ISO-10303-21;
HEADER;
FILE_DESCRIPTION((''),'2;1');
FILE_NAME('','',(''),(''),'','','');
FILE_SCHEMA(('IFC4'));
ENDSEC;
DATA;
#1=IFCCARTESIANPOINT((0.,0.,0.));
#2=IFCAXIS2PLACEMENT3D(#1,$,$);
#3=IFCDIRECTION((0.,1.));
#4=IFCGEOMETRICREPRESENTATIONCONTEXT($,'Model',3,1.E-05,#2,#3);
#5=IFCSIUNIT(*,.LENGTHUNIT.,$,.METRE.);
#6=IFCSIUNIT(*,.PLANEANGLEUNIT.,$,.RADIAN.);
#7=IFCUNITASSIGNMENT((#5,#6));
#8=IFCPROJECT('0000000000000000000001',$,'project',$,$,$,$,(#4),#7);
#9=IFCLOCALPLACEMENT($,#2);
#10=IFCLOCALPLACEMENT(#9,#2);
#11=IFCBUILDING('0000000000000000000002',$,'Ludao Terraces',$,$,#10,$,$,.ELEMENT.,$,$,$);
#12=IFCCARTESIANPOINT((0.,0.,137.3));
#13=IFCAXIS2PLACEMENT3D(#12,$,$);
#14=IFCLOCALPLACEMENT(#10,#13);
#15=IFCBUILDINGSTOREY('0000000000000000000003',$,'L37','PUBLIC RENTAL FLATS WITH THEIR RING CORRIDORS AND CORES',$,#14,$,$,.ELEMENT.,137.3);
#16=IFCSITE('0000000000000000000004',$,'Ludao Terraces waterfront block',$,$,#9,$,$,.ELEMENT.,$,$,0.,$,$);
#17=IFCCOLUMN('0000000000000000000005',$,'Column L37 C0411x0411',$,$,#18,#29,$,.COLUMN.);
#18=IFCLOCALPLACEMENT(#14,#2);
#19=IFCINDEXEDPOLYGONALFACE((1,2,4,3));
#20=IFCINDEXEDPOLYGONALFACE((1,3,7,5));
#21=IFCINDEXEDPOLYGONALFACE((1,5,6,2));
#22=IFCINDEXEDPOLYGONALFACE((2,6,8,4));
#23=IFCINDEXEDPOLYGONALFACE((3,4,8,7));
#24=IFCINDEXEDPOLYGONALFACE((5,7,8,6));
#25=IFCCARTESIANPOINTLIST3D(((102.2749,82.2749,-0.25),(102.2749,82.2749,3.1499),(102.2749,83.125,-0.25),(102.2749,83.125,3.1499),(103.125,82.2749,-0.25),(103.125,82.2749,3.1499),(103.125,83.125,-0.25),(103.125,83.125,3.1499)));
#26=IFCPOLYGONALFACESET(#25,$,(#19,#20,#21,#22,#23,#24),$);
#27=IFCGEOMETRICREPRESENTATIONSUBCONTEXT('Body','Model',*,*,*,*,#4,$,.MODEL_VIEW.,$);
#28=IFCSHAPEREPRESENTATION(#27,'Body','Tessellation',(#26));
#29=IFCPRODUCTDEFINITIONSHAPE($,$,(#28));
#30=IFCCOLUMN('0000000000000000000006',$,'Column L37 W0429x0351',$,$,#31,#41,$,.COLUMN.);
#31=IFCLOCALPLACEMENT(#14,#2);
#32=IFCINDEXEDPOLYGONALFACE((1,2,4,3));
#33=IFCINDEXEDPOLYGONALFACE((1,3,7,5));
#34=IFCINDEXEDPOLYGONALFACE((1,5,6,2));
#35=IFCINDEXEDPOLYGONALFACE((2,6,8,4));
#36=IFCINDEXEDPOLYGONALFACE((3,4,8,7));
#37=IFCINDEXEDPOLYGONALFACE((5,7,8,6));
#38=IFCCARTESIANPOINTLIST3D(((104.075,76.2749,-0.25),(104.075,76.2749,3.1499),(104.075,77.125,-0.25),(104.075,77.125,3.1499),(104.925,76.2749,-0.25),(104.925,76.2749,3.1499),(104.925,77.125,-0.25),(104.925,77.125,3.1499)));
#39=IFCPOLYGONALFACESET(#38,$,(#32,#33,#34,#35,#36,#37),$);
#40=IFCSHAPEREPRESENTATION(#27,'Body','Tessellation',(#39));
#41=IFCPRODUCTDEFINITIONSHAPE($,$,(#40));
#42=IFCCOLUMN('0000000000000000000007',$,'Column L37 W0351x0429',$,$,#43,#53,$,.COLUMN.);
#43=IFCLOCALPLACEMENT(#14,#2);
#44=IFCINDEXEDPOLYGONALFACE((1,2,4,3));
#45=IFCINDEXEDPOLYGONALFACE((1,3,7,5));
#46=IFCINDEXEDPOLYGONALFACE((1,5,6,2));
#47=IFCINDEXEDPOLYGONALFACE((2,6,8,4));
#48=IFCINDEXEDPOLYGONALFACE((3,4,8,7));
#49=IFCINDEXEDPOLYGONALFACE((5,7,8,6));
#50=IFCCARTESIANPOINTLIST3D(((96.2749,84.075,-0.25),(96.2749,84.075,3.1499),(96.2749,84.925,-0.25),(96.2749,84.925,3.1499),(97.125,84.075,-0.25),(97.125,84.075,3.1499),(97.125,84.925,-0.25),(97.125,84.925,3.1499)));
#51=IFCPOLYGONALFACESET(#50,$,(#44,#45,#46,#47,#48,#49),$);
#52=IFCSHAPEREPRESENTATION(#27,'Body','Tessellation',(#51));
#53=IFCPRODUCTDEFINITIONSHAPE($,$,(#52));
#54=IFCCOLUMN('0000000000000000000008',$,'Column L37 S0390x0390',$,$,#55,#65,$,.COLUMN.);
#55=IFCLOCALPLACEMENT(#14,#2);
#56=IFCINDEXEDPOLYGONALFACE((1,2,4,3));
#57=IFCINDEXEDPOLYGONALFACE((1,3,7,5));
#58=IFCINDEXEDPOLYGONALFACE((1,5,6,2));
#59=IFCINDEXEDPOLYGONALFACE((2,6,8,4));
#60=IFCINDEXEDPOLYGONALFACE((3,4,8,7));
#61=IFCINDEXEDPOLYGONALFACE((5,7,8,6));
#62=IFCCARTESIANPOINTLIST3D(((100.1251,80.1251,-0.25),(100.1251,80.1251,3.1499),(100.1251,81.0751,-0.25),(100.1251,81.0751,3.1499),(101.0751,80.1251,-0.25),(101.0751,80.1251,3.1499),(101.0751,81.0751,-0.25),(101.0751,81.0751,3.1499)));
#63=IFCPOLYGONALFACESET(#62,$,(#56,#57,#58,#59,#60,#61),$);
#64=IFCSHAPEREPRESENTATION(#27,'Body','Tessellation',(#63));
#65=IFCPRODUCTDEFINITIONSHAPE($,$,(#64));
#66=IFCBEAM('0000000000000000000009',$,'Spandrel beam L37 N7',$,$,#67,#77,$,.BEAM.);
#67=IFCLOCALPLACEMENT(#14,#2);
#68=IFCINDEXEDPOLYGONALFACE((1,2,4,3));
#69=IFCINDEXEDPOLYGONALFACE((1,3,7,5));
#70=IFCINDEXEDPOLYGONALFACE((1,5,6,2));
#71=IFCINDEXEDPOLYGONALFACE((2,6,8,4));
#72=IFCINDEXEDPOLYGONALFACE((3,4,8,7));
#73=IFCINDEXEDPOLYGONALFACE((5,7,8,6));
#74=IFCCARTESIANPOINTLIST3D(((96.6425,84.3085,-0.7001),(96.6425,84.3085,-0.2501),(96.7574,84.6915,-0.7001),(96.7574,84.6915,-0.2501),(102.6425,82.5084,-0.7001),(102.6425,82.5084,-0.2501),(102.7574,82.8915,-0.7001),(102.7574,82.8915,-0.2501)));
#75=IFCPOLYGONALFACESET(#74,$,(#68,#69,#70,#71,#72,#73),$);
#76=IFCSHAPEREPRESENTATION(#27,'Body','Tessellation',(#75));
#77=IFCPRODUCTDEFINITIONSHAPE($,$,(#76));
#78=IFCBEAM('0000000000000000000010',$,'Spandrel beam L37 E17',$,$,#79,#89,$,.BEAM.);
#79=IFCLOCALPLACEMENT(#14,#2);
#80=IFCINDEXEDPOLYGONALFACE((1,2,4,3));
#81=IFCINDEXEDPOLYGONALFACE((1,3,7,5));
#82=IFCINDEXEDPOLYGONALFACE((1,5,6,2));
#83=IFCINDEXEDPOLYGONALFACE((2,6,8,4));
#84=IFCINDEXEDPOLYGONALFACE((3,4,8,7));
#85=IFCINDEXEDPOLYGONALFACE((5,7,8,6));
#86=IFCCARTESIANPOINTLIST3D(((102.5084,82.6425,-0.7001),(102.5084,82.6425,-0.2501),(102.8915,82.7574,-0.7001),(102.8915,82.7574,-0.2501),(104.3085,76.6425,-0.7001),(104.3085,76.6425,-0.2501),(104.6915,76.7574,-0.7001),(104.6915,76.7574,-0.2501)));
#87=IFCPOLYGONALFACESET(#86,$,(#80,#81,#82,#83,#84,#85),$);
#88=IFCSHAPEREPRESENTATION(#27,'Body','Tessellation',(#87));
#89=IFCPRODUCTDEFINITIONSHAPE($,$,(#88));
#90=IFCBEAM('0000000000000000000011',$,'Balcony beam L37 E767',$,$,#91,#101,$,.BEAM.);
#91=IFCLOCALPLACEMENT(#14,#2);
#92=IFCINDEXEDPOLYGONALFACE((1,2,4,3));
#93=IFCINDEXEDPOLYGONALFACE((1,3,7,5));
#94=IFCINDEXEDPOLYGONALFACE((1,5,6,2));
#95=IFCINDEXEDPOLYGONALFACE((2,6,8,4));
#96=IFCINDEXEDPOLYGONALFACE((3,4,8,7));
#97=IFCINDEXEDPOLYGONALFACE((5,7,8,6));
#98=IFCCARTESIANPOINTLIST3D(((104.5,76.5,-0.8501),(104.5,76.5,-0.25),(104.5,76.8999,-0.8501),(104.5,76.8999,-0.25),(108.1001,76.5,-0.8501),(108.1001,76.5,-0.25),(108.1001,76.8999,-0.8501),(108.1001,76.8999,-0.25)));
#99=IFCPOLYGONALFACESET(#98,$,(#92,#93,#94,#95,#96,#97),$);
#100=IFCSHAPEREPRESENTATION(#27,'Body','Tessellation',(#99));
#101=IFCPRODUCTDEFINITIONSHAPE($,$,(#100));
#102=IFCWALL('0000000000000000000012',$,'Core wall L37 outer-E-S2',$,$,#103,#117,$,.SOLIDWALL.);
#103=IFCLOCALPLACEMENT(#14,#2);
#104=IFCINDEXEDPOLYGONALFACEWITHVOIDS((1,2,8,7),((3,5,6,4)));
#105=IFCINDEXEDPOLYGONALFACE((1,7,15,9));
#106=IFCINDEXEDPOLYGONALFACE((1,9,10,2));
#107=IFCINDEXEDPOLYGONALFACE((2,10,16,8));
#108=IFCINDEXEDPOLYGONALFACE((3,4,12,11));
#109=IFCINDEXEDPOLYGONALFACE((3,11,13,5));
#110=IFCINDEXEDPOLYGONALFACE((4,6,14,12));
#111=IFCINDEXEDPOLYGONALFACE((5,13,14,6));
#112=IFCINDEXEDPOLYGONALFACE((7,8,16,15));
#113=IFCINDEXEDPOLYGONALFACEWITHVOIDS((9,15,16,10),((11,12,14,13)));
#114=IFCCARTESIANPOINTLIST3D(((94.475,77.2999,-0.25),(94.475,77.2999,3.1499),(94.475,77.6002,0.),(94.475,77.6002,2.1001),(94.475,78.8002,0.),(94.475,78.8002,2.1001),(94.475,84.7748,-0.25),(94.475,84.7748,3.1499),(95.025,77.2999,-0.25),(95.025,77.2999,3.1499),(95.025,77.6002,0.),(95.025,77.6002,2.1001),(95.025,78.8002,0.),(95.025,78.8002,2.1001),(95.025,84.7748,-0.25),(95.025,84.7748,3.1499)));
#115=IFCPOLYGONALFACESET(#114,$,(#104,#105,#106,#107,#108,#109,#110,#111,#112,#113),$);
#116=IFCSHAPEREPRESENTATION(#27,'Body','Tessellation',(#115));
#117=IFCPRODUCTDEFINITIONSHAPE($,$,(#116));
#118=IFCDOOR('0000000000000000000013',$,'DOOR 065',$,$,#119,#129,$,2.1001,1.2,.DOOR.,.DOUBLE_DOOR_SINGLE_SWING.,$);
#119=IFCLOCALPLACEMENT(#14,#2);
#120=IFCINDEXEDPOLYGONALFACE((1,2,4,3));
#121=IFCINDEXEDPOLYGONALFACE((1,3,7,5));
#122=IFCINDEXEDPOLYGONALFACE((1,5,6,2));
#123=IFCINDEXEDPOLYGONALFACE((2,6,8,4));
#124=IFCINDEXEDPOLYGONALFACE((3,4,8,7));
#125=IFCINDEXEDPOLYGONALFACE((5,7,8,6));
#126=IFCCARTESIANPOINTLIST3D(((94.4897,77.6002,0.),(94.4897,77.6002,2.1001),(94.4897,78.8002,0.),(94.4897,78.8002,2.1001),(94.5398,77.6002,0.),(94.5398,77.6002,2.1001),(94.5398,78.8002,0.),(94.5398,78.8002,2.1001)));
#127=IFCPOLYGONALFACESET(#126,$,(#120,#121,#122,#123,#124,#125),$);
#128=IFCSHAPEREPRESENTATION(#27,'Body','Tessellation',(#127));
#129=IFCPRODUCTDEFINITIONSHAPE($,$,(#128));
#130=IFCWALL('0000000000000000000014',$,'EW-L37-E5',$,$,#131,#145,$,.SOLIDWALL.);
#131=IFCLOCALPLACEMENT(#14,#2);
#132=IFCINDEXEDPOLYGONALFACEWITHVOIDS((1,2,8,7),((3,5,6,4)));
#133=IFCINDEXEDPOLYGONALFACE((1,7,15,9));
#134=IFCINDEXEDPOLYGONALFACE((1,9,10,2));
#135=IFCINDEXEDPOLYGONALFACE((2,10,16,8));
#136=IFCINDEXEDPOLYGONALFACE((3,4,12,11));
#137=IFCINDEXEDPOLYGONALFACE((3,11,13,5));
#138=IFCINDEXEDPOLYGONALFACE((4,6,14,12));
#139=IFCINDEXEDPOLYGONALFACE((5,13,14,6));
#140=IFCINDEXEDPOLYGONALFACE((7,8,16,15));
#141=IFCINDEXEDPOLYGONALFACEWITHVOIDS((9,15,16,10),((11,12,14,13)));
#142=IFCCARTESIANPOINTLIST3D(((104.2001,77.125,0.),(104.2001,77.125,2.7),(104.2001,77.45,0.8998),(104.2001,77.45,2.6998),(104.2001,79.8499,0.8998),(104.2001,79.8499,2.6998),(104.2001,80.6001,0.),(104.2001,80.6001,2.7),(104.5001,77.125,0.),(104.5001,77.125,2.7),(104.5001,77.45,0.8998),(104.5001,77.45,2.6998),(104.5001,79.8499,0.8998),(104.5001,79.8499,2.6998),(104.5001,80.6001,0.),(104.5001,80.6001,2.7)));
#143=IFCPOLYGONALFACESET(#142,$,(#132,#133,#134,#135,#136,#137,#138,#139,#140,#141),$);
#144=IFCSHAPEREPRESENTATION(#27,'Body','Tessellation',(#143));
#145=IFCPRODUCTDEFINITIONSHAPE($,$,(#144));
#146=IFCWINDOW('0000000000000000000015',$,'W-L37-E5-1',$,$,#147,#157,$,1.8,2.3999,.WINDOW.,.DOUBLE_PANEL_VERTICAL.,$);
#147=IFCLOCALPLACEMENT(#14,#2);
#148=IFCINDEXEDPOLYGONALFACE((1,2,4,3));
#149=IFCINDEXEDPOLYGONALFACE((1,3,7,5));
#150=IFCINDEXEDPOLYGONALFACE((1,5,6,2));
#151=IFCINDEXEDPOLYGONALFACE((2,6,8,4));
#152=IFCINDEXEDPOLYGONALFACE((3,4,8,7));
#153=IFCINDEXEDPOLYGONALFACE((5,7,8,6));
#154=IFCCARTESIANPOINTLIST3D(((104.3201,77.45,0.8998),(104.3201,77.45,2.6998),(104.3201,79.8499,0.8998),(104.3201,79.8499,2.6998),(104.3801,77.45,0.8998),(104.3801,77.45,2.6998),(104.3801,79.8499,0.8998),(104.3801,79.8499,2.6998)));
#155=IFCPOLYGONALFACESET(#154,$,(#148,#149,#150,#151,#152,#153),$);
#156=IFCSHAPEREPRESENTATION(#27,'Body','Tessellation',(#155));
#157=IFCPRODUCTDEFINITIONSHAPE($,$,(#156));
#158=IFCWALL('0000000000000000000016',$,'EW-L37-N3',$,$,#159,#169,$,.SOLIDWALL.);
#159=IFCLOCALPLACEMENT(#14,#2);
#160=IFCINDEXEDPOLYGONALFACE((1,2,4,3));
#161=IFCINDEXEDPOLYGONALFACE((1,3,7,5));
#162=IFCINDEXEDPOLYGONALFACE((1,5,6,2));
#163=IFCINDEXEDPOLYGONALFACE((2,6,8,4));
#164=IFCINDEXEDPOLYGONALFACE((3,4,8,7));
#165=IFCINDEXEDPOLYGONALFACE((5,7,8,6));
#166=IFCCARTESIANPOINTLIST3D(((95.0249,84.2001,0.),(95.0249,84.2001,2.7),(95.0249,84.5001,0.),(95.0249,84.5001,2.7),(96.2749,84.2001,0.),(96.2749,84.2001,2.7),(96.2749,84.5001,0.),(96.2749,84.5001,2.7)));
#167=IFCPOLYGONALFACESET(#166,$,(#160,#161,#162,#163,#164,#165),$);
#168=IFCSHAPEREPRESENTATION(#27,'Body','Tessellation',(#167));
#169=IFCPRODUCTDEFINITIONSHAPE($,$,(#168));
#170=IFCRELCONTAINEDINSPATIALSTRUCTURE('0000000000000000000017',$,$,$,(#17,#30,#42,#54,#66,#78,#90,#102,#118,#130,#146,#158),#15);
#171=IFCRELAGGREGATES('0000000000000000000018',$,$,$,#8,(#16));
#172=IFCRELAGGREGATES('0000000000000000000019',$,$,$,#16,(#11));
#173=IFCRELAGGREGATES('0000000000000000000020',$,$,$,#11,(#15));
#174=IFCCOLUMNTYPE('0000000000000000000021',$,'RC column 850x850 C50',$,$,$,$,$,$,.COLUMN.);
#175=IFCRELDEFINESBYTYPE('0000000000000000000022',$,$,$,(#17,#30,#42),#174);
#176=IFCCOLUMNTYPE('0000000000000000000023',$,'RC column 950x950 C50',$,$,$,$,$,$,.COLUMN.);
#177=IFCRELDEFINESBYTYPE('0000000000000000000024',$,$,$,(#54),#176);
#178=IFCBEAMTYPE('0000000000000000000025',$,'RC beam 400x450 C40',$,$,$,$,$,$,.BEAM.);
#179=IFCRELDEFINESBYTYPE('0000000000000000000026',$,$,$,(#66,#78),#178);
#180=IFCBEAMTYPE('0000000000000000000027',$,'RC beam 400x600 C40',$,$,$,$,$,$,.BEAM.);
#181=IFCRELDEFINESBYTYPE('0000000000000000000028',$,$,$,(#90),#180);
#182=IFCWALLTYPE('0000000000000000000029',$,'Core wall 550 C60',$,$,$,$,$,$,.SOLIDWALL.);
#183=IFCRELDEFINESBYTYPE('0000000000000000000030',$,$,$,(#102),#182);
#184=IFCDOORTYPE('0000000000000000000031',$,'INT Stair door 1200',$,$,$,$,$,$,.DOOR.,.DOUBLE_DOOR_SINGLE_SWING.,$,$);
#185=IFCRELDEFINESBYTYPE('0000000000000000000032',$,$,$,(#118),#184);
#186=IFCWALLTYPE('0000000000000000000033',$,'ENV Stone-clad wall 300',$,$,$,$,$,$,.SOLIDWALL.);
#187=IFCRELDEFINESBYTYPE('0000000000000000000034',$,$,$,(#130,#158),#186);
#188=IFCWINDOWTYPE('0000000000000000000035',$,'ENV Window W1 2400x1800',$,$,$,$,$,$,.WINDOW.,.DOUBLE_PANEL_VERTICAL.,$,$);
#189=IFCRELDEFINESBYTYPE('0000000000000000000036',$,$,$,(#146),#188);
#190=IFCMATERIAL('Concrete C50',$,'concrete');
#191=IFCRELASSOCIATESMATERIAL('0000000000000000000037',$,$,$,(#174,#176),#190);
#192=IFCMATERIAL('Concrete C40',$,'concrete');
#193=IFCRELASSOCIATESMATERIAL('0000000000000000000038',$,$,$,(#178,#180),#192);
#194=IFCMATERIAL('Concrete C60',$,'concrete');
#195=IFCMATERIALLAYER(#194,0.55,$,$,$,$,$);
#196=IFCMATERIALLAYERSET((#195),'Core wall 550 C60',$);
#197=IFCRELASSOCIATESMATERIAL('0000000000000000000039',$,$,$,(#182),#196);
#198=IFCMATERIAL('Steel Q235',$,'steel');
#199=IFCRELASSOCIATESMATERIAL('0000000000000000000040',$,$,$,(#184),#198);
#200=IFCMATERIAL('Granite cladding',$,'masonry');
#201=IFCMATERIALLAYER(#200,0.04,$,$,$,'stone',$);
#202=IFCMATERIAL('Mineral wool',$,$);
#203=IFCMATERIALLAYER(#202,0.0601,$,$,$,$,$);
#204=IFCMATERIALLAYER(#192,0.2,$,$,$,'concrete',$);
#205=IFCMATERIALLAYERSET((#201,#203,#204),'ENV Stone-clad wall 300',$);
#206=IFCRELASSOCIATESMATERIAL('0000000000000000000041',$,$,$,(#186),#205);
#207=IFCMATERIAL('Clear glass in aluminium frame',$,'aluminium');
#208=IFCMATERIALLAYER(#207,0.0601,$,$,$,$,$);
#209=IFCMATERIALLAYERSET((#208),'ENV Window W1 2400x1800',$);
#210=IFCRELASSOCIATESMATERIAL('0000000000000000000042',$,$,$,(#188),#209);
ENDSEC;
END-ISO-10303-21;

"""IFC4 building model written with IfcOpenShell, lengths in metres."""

from ifc_helpers import new_model, si_unit, direction, frame, frame_2d, origin, origin_2d, place, context, subcontext, project, spatial, rectangle, extrude, material, layer, layer_set, material_profile, profile_set, type_object, element, fill, save


model = new_model("IFC4")

# Units and contexts
model_context = context("Model", 3, precision=1e-05, world=origin(), true_north=direction((0.0, 1.0)))
body_context = subcontext(model_context, "Body", "Model", "MODEL_VIEW")
ifc_project = project(units=[si_unit("LENGTHUNIT", "METRE"), si_unit("PLANEANGLEUNIT", "RADIAN")], contexts=[model_context])

# Site, building, storey
site_placement = place(None, origin())
site = spatial("IfcSite", under=ifc_project, at=site_placement, Name="Ludao Terraces waterfront block", CompositionType="ELEMENT", RefElevation=0.0)
building_placement = place(site_placement, origin())
building = spatial("IfcBuilding", under=site, at=building_placement, Name="Ludao Terraces", CompositionType="ELEMENT")
storey_placement = place(building_placement, frame((0.0, 0.0, 137.3)))
storey = spatial("IfcBuildingStorey", under=building, at=storey_placement, Name="L37", Description="PUBLIC RENTAL FLATS WITH THEIR RING CORRIDORS AND CORES", CompositionType="ELEMENT", Elevation=137.3)

# Columns
ifc_material_1 = material(Name="Concrete C50", Category="concrete")
ifc_material_profile_1 = material_profile(ifc_material_1, rectangle(XDim=0.8501, YDim=0.8501, at=origin_2d()), Name="850 X 850")
ifc_profile_set_1 = profile_set([ifc_material_profile_1], Name="Concrete C50")
column_type_1 = type_object("IfcColumnType", Name="RC column 850x850 C50", PredefinedType="COLUMN", material=ifc_profile_set_1)
for number, where, z_axis, x_axis, name in (
    (1, (102.7, 82.7, -0.25), (0.0, 0.0, 1.0), (1.0, 0.0, 0.0), "Column L37 C0411x0411"),
    (2, (104.5, 76.7, -0.25), (0.0, 0.0, 1.0), (1.0, 0.0, 0.0), "Column L37 W0429x0351"),
    (3, (96.7, 84.5, -0.25), (0.0, 0.0, 1.0), (1.0, 0.0, 0.0), "Column L37 W0351x0429"),
):
    element("IfcColumn", number, at=place(storey_placement, frame(where, z_axis=z_axis, x_axis=x_axis)), inside=storey, type_object=column_type_1, Name=name, PredefinedType="COLUMN", context=body_context, shape_type="SweptSolid", body=[
        extrude(rectangle(XDim=0.8501, YDim=0.8501, at=origin_2d()), origin(), (0.0, 0.0, 1.0), 3.3999),
    ])
ifc_material_profile_2 = material_profile(ifc_material_1, rectangle(XDim=0.95, YDim=0.95, at=origin_2d()), Name="950 X 950")
ifc_profile_set_2 = profile_set([ifc_material_profile_2], Name="Concrete C50")
column_type_2 = type_object("IfcColumnType", Name="RC column 950x950 C50", PredefinedType="COLUMN", material=ifc_profile_set_2)
column_placement = place(storey_placement, frame((100.6001, 80.6001, -0.25), z_axis=(0.0, 0.0, 1.0), x_axis=(1.0, 0.0, 0.0)))
element("IfcColumn", 4, at=column_placement, inside=storey, type_object=column_type_2, Name="Column L37 S0390x0390", PredefinedType="COLUMN", context=body_context, shape_type="SweptSolid", body=[
    extrude(rectangle(XDim=0.95, YDim=0.95, at=origin_2d()), origin(), (0.0, 0.0, 1.0), 3.3999),
])

# Beams
ifc_material_2 = material(Name="Concrete C40", Category="concrete")
ifc_material_profile_3 = material_profile(ifc_material_2, rectangle(XDim=0.3999, YDim=0.45, at=origin_2d()), Name="400 X 450")
ifc_profile_set_3 = profile_set([ifc_material_profile_3], Name="Concrete C40")
beam_type_1 = type_object("IfcBeamType", Name="RC beam 400x450 C40", PredefinedType="BEAM", material=ifc_profile_set_3)
for number, where, z_axis, x_axis, name in (
    (5, (96.7, 84.5, -0.4751), (0.957824, -0.287355, 0.0), (0.287355, 0.957824, 0.0), "Spandrel beam L37 N7"),
    (6, (104.5, 76.7, -0.4751), (-0.287355, 0.957824, 0.0), (-0.957824, -0.287355, 0.0), "Spandrel beam L37 E17"),
):
    element("IfcBeam", number, at=place(storey_placement, frame(where, z_axis=z_axis, x_axis=x_axis)), inside=storey, type_object=beam_type_1, Name=name, PredefinedType="BEAM", context=body_context, shape_type="SweptSolid", body=[
        extrude(rectangle(XDim=0.3999, YDim=0.45, at=origin_2d()), origin(), (0.0, 0.0, 1.0), 6.2642),
    ])
ifc_material_profile_4 = material_profile(ifc_material_2, rectangle(XDim=0.3999, YDim=0.6001, at=origin_2d()), Name="400 X 600")
ifc_profile_set_4 = profile_set([ifc_material_profile_4], Name="Concrete C40")
beam_type_2 = type_object("IfcBeamType", Name="RC beam 400x600 C40", PredefinedType="BEAM", material=ifc_profile_set_4)
beam_placement = place(storey_placement, frame((104.5, 76.7, -0.55), z_axis=(1.0, 0.0, 0.0), x_axis=(0.0, 1.0, 0.0)))
element("IfcBeam", 7, at=beam_placement, inside=storey, type_object=beam_type_2, Name="Balcony beam L37 E767", PredefinedType="BEAM", context=body_context, shape_type="SweptSolid", body=[
    extrude(rectangle(XDim=0.3999, YDim=0.6001, at=origin_2d()), origin(), (0.0, 0.0, 1.0), 3.6001),
])

# Wall, opening, door
ifc_material_3 = material(Name="Concrete C60", Category="concrete")
ifc_layer_1 = layer(ifc_material_3, 0.55)
ifc_layer_set_1 = layer_set([ifc_layer_1], Name="Core wall 550 C60")
wall_type_1 = type_object("IfcWallType", Name="Core wall 550 C60", PredefinedType="SOLIDWALL", material=ifc_layer_set_1)
wall_1_placement = place(storey_placement, frame((94.75, 77.3, -0.25), z_axis=(0.0, 0.0, 1.0), x_axis=(0.0, 1.0, 0.0)))
wall_1 = element("IfcWall", 8, at=wall_1_placement, inside=storey, type_object=wall_type_1, Name="Core wall L37 outer-E-S2", PredefinedType="SOLIDWALL", context=body_context, shape_type="SweptSolid", body=[
    extrude(rectangle(XDim=7.4749, YDim=0.55, at=frame_2d((3.7373, 0.0))), origin(), (0.0, 0.0, 1.0), 3.3999),
])
opening_1_placement = place(wall_1_placement, frame((0.3, 0.0, 0.25)))
opening_1 = element("IfcOpeningElement", 9, at=opening_1_placement, cuts=wall_1, PredefinedType="OPENING", context=body_context, shape_type="SweptSolid", body=[
    extrude(rectangle(XDim=1.2, YDim=2.1001, at=frame_2d((0.6001, 1.05))), frame((0.0, 0.2852, 0.0), z_axis=(0.0, -1.0, 0.0), x_axis=(1.0, 0.0, 0.0)), (0.0, 0.0, 1.0), 0.5701),
])
ifc_material_4 = material(Name="Steel Q235", Category="steel")
door_type_1 = type_object("IfcDoorType", Name="INT Stair door 1200", OperationType="DOUBLE_DOOR_SINGLE_SWING", PredefinedType="DOOR", material=ifc_material_4)
door_1_placement = place(opening_1_placement, origin())
door_1 = element("IfcDoor", 10, at=door_1_placement, inside=storey, type_object=door_type_1, Name="DOOR 065", OperationType="DOUBLE_DOOR_SINGLE_SWING", OverallHeight=2.1001, OverallWidth=1.2, PredefinedType="DOOR", context=body_context, shape_type="SweptSolid", body=[
    extrude(rectangle(XDim=1.2, YDim=2.1001, at=frame_2d((0.6001, 1.05))), frame((0.0, 0.2603, 0.0), z_axis=(0.0, -1.0, 0.0), x_axis=(1.0, 0.0, 0.0)), (0.0, 0.0, 1.0), 0.05),
])
fill(opening_1, door_1)

# Wall, opening, window
ifc_material_5 = material(Name="Granite cladding", Category="masonry")
ifc_layer_2 = layer(ifc_material_5, 0.04, Category="stone")
ifc_material_6 = material(Name="Mineral wool")
ifc_layer_3 = layer(ifc_material_6, 0.0601)
ifc_layer_4 = layer(ifc_material_2, 0.2, Category="concrete")
ifc_layer_set_2 = layer_set([ifc_layer_2, ifc_layer_3, ifc_layer_4], Name="ENV Stone-clad wall 300")
wall_type_2 = type_object("IfcWallType", Name="ENV Stone-clad wall 300", PredefinedType="SOLIDWALL", material=ifc_layer_set_2)
wall_2_placement = place(storey_placement, frame((104.3501, 77.125, 0.0), z_axis=(0.0, 0.0, 1.0), x_axis=(0.0, 1.0, 0.0)))
wall_2 = element("IfcWall", 11, at=wall_2_placement, inside=storey, type_object=wall_type_2, Name="EW-L37-E5", PredefinedType="SOLIDWALL", context=body_context, shape_type="SweptSolid", body=[
    extrude(rectangle(XDim=3.4751, YDim=0.3, at=frame_2d((1.7375, 0.0))), origin(), (0.0, 0.0, 1.0), 2.7),
])
opening_2_placement = place(wall_2_placement, frame((0.325, 0.0, 0.8999)))
opening_2 = element("IfcOpeningElement", 12, at=opening_2_placement, cuts=wall_2, PredefinedType="OPENING", context=body_context, shape_type="SweptSolid", body=[
    extrude(rectangle(XDim=2.3999, YDim=1.8, at=frame_2d((1.2, 0.8999))), frame((0.0, 0.1602, 0.0), z_axis=(0.0, -1.0, 0.0), x_axis=(1.0, 0.0, 0.0)), (0.0, 0.0, 1.0), 0.3201),
])
ifc_material_7 = material(Name="Clear glass in aluminium frame", Category="aluminium")
ifc_layer_5 = layer(ifc_material_7, 0.0601)
ifc_layer_set_3 = layer_set([ifc_layer_5], Name="ENV Window W1 2400x1800")
window_type_1 = type_object("IfcWindowType", Name="ENV Window W1 2400x1800", PartitioningType="DOUBLE_PANEL_VERTICAL", PredefinedType="WINDOW", material=ifc_layer_set_3)
window_1_placement = place(opening_2_placement, origin())
window_1 = element("IfcWindow", 13, at=window_1_placement, inside=storey, type_object=window_type_1, Name="W-L37-E5-1", OverallHeight=1.8, OverallWidth=2.3999, PartitioningType="DOUBLE_PANEL_VERTICAL", PredefinedType="WINDOW", context=body_context, shape_type="SweptSolid", body=[
    extrude(rectangle(XDim=2.3999, YDim=1.8, at=frame_2d((1.2, 0.8999))), frame((0.0, 0.03, 0.0), z_axis=(0.0, -1.0, 0.0), x_axis=(1.0, 0.0, 0.0)), (0.0, 0.0, 1.0), 0.0601),
])
fill(opening_2, window_1)

# Wall
wall_3_placement = place(storey_placement, frame((95.0249, 84.3501, 0.0), z_axis=(0.0, 0.0, 1.0), x_axis=(1.0, 0.0, 0.0)))
element("IfcWall", 14, at=wall_3_placement, inside=storey, type_object=wall_type_2, Name="EW-L37-N3", PredefinedType="SOLIDWALL", context=body_context, shape_type="SweptSolid", body=[
    extrude(rectangle(XDim=1.25, YDim=0.3, at=frame_2d((0.625, 0.0))), origin(), (0.0, 0.0, 1.0), 2.7),
])

save(model, "model.ifc")
